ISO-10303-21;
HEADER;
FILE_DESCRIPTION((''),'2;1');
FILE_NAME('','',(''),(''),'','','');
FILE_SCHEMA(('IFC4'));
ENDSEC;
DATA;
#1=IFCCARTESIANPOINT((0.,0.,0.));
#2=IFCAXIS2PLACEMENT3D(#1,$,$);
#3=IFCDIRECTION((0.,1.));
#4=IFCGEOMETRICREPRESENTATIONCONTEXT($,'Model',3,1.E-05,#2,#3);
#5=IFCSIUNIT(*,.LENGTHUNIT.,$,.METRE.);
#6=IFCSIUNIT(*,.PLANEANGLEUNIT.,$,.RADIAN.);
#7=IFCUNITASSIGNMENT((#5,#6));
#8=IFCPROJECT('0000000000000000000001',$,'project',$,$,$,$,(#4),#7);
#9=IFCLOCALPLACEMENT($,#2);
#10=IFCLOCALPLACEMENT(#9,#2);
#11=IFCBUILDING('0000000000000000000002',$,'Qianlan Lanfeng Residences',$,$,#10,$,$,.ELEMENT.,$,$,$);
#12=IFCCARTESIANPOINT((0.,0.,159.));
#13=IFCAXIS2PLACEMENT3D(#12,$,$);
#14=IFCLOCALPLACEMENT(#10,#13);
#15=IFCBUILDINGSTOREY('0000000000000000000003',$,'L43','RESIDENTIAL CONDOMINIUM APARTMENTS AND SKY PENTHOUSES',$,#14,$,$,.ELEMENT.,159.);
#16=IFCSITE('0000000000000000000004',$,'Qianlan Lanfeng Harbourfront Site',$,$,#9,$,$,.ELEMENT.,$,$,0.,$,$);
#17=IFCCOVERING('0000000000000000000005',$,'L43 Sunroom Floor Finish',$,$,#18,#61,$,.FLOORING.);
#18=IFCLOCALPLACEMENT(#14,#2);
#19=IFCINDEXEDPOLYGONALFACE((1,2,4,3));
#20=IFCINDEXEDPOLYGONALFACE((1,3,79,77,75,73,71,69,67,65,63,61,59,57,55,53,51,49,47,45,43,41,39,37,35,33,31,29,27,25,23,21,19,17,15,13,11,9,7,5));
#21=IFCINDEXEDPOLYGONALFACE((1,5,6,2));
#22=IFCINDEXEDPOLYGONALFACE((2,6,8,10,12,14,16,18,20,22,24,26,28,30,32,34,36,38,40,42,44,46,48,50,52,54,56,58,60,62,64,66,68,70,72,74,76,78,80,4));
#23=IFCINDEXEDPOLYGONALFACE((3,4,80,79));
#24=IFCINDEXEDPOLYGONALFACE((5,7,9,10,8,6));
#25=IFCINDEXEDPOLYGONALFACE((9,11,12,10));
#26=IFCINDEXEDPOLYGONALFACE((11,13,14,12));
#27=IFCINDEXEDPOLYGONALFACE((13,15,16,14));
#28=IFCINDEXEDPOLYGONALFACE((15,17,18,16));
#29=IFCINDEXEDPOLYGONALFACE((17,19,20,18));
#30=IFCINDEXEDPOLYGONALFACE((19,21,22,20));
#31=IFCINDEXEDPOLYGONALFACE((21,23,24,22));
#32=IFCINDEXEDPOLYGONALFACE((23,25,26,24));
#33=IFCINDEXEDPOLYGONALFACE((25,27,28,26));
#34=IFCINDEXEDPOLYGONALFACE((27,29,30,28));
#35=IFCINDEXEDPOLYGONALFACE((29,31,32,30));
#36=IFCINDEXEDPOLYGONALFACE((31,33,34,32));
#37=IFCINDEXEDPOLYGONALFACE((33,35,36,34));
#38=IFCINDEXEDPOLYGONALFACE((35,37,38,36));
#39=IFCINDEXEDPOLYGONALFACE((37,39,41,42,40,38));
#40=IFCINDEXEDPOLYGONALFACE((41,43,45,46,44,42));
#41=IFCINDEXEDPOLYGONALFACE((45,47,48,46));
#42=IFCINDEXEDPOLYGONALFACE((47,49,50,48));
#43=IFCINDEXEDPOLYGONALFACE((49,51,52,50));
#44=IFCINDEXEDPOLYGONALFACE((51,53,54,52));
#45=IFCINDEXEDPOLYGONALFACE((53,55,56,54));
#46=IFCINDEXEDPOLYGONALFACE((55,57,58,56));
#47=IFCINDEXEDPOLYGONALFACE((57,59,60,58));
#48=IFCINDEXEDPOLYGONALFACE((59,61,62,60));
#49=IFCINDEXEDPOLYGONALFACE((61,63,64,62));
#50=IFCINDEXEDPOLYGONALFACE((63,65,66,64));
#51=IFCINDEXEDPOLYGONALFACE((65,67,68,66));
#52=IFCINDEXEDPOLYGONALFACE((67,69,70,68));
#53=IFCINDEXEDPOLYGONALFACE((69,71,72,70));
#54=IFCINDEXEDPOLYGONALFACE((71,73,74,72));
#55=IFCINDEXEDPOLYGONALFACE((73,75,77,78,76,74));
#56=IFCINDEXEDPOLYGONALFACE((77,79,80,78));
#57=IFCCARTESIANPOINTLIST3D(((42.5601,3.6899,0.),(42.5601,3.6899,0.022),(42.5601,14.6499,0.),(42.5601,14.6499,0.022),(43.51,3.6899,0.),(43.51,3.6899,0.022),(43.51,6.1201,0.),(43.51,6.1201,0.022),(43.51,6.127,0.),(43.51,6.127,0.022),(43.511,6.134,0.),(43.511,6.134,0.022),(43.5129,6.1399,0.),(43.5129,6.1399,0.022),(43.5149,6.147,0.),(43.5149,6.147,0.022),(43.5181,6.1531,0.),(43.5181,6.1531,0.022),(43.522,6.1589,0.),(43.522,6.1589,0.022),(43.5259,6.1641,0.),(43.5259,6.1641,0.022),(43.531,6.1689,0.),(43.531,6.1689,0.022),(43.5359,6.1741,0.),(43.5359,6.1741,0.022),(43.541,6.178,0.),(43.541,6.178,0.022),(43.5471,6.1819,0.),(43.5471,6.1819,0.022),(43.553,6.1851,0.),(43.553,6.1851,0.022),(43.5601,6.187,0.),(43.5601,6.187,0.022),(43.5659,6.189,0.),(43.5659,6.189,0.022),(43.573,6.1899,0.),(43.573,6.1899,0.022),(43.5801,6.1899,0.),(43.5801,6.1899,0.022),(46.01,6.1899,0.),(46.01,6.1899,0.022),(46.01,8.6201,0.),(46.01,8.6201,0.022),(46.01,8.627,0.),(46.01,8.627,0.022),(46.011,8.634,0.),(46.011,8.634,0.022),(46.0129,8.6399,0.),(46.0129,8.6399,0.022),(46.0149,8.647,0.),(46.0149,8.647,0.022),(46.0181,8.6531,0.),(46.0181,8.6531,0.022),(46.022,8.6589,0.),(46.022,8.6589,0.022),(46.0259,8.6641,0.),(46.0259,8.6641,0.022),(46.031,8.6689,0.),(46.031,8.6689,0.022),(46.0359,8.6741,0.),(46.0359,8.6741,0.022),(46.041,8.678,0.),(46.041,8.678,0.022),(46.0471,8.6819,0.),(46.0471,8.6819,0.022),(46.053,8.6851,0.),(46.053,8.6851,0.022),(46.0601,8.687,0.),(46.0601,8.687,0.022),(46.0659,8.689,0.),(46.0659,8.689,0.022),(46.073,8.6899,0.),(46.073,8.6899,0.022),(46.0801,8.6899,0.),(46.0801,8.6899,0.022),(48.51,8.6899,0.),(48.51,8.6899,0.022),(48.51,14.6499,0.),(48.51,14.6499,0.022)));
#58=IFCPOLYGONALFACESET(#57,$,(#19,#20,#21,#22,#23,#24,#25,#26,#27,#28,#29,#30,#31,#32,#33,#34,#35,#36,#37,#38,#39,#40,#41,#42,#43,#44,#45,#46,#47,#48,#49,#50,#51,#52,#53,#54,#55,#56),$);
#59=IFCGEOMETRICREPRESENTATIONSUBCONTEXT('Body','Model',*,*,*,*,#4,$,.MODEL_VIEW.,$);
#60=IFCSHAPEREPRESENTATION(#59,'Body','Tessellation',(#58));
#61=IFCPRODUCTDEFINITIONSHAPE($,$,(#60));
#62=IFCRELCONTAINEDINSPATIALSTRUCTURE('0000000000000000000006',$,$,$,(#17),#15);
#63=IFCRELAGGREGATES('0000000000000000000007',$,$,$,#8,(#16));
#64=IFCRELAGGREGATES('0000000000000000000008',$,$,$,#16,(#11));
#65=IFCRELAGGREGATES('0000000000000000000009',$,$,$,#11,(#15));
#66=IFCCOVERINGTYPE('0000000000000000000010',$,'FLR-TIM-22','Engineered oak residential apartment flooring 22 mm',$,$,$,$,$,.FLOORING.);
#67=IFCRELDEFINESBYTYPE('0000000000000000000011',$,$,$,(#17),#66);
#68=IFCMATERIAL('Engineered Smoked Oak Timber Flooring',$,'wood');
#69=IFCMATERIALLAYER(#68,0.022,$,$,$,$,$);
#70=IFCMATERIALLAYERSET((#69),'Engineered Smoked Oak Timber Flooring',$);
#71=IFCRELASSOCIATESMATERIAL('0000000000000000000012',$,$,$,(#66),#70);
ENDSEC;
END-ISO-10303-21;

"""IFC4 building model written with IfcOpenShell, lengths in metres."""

from ifc_helpers import new_model, si_unit, direction, frame, origin, place, context, subcontext, project, spatial, polyline, outline, extrude, material, layer, layer_set, type_object, element, save


model = new_model("IFC4")

# Units and contexts
model_context = context("Model", 3, precision=1e-05, world=origin(), true_north=direction((0.0, 1.0)))
body_context = subcontext(model_context, "Body", "Model", "MODEL_VIEW")
ifc_project = project(units=[si_unit("LENGTHUNIT", "METRE"), si_unit("PLANEANGLEUNIT", "RADIAN")], contexts=[model_context])

# Site, building, storey
site_placement = place(None, origin())
site = spatial("IfcSite", under=ifc_project, at=site_placement, Name="Qianlan Lanfeng Harbourfront Site", CompositionType="ELEMENT", RefElevation=0.0)
building_placement = place(site_placement, origin())
building = spatial("IfcBuilding", under=site, at=building_placement, Name="Qianlan Lanfeng Residences", CompositionType="ELEMENT")
storey_placement = place(building_placement, frame((0.0, 0.0, 159.0)))
storey = spatial("IfcBuildingStorey", under=building, at=storey_placement, Name="L43", Description="RESIDENTIAL CONDOMINIUM APARTMENTS AND SKY PENTHOUSES", CompositionType="ELEMENT", Elevation=159.0)

# Covering
ifc_material_1 = material(Name="Engineered Smoked Oak Timber Flooring", Category="wood")
ifc_layer_1 = layer(ifc_material_1, 0.022)
ifc_layer_set_1 = layer_set([ifc_layer_1], Name="Engineered Smoked Oak Timber Flooring")
covering_type_1 = type_object("IfcCoveringType", Name="FLR-TIM-22", Description="Engineered oak residential apartment flooring 22 mm", PredefinedType="FLOORING", material=ifc_layer_set_1)
covering_1_placement = place(storey_placement, origin())
element("IfcCovering", 1, at=covering_1_placement, inside=storey, type_object=covering_type_1, Name="L43 Sunroom Floor Finish", PredefinedType="FLOORING", context=body_context, shape_type="SweptSolid", body=[
    extrude(outline(polyline([(48.51, 14.6499), (42.5601, 14.6499), (42.5601, 3.6899), (43.51, 3.6899), (43.51, 6.1201), (43.51, 6.127), (43.511, 6.134), (43.5129, 6.1399), (43.5149, 6.147), (43.5181, 6.1531), (43.522, 6.1589), (43.5259, 6.1641), (43.531, 6.1689), (43.5359, 6.1741), (43.541, 6.178), (43.5471, 6.1819), (43.553, 6.1851), (43.5601, 6.187), (43.5659, 6.189), (43.573, 6.1899), (43.5801, 6.1899), (46.01, 6.1899), (46.01, 8.6201), (46.01, 8.627), (46.011, 8.634), (46.0129, 8.6399), (46.0149, 8.647), (46.0181, 8.6531), (46.022, 8.6589), (46.0259, 8.6641), (46.031, 8.6689), (46.0359, 8.6741), (46.041, 8.678), (46.0471, 8.6819), (46.053, 8.6851), (46.0601, 8.687), (46.0659, 8.689), (46.073, 8.6899), (46.0801, 8.6899), (48.51, 8.6899), (48.51, 14.6499)])), origin(), (0.0, 0.0, 1.0), 0.022),
])

save(model, "model.ifc")
